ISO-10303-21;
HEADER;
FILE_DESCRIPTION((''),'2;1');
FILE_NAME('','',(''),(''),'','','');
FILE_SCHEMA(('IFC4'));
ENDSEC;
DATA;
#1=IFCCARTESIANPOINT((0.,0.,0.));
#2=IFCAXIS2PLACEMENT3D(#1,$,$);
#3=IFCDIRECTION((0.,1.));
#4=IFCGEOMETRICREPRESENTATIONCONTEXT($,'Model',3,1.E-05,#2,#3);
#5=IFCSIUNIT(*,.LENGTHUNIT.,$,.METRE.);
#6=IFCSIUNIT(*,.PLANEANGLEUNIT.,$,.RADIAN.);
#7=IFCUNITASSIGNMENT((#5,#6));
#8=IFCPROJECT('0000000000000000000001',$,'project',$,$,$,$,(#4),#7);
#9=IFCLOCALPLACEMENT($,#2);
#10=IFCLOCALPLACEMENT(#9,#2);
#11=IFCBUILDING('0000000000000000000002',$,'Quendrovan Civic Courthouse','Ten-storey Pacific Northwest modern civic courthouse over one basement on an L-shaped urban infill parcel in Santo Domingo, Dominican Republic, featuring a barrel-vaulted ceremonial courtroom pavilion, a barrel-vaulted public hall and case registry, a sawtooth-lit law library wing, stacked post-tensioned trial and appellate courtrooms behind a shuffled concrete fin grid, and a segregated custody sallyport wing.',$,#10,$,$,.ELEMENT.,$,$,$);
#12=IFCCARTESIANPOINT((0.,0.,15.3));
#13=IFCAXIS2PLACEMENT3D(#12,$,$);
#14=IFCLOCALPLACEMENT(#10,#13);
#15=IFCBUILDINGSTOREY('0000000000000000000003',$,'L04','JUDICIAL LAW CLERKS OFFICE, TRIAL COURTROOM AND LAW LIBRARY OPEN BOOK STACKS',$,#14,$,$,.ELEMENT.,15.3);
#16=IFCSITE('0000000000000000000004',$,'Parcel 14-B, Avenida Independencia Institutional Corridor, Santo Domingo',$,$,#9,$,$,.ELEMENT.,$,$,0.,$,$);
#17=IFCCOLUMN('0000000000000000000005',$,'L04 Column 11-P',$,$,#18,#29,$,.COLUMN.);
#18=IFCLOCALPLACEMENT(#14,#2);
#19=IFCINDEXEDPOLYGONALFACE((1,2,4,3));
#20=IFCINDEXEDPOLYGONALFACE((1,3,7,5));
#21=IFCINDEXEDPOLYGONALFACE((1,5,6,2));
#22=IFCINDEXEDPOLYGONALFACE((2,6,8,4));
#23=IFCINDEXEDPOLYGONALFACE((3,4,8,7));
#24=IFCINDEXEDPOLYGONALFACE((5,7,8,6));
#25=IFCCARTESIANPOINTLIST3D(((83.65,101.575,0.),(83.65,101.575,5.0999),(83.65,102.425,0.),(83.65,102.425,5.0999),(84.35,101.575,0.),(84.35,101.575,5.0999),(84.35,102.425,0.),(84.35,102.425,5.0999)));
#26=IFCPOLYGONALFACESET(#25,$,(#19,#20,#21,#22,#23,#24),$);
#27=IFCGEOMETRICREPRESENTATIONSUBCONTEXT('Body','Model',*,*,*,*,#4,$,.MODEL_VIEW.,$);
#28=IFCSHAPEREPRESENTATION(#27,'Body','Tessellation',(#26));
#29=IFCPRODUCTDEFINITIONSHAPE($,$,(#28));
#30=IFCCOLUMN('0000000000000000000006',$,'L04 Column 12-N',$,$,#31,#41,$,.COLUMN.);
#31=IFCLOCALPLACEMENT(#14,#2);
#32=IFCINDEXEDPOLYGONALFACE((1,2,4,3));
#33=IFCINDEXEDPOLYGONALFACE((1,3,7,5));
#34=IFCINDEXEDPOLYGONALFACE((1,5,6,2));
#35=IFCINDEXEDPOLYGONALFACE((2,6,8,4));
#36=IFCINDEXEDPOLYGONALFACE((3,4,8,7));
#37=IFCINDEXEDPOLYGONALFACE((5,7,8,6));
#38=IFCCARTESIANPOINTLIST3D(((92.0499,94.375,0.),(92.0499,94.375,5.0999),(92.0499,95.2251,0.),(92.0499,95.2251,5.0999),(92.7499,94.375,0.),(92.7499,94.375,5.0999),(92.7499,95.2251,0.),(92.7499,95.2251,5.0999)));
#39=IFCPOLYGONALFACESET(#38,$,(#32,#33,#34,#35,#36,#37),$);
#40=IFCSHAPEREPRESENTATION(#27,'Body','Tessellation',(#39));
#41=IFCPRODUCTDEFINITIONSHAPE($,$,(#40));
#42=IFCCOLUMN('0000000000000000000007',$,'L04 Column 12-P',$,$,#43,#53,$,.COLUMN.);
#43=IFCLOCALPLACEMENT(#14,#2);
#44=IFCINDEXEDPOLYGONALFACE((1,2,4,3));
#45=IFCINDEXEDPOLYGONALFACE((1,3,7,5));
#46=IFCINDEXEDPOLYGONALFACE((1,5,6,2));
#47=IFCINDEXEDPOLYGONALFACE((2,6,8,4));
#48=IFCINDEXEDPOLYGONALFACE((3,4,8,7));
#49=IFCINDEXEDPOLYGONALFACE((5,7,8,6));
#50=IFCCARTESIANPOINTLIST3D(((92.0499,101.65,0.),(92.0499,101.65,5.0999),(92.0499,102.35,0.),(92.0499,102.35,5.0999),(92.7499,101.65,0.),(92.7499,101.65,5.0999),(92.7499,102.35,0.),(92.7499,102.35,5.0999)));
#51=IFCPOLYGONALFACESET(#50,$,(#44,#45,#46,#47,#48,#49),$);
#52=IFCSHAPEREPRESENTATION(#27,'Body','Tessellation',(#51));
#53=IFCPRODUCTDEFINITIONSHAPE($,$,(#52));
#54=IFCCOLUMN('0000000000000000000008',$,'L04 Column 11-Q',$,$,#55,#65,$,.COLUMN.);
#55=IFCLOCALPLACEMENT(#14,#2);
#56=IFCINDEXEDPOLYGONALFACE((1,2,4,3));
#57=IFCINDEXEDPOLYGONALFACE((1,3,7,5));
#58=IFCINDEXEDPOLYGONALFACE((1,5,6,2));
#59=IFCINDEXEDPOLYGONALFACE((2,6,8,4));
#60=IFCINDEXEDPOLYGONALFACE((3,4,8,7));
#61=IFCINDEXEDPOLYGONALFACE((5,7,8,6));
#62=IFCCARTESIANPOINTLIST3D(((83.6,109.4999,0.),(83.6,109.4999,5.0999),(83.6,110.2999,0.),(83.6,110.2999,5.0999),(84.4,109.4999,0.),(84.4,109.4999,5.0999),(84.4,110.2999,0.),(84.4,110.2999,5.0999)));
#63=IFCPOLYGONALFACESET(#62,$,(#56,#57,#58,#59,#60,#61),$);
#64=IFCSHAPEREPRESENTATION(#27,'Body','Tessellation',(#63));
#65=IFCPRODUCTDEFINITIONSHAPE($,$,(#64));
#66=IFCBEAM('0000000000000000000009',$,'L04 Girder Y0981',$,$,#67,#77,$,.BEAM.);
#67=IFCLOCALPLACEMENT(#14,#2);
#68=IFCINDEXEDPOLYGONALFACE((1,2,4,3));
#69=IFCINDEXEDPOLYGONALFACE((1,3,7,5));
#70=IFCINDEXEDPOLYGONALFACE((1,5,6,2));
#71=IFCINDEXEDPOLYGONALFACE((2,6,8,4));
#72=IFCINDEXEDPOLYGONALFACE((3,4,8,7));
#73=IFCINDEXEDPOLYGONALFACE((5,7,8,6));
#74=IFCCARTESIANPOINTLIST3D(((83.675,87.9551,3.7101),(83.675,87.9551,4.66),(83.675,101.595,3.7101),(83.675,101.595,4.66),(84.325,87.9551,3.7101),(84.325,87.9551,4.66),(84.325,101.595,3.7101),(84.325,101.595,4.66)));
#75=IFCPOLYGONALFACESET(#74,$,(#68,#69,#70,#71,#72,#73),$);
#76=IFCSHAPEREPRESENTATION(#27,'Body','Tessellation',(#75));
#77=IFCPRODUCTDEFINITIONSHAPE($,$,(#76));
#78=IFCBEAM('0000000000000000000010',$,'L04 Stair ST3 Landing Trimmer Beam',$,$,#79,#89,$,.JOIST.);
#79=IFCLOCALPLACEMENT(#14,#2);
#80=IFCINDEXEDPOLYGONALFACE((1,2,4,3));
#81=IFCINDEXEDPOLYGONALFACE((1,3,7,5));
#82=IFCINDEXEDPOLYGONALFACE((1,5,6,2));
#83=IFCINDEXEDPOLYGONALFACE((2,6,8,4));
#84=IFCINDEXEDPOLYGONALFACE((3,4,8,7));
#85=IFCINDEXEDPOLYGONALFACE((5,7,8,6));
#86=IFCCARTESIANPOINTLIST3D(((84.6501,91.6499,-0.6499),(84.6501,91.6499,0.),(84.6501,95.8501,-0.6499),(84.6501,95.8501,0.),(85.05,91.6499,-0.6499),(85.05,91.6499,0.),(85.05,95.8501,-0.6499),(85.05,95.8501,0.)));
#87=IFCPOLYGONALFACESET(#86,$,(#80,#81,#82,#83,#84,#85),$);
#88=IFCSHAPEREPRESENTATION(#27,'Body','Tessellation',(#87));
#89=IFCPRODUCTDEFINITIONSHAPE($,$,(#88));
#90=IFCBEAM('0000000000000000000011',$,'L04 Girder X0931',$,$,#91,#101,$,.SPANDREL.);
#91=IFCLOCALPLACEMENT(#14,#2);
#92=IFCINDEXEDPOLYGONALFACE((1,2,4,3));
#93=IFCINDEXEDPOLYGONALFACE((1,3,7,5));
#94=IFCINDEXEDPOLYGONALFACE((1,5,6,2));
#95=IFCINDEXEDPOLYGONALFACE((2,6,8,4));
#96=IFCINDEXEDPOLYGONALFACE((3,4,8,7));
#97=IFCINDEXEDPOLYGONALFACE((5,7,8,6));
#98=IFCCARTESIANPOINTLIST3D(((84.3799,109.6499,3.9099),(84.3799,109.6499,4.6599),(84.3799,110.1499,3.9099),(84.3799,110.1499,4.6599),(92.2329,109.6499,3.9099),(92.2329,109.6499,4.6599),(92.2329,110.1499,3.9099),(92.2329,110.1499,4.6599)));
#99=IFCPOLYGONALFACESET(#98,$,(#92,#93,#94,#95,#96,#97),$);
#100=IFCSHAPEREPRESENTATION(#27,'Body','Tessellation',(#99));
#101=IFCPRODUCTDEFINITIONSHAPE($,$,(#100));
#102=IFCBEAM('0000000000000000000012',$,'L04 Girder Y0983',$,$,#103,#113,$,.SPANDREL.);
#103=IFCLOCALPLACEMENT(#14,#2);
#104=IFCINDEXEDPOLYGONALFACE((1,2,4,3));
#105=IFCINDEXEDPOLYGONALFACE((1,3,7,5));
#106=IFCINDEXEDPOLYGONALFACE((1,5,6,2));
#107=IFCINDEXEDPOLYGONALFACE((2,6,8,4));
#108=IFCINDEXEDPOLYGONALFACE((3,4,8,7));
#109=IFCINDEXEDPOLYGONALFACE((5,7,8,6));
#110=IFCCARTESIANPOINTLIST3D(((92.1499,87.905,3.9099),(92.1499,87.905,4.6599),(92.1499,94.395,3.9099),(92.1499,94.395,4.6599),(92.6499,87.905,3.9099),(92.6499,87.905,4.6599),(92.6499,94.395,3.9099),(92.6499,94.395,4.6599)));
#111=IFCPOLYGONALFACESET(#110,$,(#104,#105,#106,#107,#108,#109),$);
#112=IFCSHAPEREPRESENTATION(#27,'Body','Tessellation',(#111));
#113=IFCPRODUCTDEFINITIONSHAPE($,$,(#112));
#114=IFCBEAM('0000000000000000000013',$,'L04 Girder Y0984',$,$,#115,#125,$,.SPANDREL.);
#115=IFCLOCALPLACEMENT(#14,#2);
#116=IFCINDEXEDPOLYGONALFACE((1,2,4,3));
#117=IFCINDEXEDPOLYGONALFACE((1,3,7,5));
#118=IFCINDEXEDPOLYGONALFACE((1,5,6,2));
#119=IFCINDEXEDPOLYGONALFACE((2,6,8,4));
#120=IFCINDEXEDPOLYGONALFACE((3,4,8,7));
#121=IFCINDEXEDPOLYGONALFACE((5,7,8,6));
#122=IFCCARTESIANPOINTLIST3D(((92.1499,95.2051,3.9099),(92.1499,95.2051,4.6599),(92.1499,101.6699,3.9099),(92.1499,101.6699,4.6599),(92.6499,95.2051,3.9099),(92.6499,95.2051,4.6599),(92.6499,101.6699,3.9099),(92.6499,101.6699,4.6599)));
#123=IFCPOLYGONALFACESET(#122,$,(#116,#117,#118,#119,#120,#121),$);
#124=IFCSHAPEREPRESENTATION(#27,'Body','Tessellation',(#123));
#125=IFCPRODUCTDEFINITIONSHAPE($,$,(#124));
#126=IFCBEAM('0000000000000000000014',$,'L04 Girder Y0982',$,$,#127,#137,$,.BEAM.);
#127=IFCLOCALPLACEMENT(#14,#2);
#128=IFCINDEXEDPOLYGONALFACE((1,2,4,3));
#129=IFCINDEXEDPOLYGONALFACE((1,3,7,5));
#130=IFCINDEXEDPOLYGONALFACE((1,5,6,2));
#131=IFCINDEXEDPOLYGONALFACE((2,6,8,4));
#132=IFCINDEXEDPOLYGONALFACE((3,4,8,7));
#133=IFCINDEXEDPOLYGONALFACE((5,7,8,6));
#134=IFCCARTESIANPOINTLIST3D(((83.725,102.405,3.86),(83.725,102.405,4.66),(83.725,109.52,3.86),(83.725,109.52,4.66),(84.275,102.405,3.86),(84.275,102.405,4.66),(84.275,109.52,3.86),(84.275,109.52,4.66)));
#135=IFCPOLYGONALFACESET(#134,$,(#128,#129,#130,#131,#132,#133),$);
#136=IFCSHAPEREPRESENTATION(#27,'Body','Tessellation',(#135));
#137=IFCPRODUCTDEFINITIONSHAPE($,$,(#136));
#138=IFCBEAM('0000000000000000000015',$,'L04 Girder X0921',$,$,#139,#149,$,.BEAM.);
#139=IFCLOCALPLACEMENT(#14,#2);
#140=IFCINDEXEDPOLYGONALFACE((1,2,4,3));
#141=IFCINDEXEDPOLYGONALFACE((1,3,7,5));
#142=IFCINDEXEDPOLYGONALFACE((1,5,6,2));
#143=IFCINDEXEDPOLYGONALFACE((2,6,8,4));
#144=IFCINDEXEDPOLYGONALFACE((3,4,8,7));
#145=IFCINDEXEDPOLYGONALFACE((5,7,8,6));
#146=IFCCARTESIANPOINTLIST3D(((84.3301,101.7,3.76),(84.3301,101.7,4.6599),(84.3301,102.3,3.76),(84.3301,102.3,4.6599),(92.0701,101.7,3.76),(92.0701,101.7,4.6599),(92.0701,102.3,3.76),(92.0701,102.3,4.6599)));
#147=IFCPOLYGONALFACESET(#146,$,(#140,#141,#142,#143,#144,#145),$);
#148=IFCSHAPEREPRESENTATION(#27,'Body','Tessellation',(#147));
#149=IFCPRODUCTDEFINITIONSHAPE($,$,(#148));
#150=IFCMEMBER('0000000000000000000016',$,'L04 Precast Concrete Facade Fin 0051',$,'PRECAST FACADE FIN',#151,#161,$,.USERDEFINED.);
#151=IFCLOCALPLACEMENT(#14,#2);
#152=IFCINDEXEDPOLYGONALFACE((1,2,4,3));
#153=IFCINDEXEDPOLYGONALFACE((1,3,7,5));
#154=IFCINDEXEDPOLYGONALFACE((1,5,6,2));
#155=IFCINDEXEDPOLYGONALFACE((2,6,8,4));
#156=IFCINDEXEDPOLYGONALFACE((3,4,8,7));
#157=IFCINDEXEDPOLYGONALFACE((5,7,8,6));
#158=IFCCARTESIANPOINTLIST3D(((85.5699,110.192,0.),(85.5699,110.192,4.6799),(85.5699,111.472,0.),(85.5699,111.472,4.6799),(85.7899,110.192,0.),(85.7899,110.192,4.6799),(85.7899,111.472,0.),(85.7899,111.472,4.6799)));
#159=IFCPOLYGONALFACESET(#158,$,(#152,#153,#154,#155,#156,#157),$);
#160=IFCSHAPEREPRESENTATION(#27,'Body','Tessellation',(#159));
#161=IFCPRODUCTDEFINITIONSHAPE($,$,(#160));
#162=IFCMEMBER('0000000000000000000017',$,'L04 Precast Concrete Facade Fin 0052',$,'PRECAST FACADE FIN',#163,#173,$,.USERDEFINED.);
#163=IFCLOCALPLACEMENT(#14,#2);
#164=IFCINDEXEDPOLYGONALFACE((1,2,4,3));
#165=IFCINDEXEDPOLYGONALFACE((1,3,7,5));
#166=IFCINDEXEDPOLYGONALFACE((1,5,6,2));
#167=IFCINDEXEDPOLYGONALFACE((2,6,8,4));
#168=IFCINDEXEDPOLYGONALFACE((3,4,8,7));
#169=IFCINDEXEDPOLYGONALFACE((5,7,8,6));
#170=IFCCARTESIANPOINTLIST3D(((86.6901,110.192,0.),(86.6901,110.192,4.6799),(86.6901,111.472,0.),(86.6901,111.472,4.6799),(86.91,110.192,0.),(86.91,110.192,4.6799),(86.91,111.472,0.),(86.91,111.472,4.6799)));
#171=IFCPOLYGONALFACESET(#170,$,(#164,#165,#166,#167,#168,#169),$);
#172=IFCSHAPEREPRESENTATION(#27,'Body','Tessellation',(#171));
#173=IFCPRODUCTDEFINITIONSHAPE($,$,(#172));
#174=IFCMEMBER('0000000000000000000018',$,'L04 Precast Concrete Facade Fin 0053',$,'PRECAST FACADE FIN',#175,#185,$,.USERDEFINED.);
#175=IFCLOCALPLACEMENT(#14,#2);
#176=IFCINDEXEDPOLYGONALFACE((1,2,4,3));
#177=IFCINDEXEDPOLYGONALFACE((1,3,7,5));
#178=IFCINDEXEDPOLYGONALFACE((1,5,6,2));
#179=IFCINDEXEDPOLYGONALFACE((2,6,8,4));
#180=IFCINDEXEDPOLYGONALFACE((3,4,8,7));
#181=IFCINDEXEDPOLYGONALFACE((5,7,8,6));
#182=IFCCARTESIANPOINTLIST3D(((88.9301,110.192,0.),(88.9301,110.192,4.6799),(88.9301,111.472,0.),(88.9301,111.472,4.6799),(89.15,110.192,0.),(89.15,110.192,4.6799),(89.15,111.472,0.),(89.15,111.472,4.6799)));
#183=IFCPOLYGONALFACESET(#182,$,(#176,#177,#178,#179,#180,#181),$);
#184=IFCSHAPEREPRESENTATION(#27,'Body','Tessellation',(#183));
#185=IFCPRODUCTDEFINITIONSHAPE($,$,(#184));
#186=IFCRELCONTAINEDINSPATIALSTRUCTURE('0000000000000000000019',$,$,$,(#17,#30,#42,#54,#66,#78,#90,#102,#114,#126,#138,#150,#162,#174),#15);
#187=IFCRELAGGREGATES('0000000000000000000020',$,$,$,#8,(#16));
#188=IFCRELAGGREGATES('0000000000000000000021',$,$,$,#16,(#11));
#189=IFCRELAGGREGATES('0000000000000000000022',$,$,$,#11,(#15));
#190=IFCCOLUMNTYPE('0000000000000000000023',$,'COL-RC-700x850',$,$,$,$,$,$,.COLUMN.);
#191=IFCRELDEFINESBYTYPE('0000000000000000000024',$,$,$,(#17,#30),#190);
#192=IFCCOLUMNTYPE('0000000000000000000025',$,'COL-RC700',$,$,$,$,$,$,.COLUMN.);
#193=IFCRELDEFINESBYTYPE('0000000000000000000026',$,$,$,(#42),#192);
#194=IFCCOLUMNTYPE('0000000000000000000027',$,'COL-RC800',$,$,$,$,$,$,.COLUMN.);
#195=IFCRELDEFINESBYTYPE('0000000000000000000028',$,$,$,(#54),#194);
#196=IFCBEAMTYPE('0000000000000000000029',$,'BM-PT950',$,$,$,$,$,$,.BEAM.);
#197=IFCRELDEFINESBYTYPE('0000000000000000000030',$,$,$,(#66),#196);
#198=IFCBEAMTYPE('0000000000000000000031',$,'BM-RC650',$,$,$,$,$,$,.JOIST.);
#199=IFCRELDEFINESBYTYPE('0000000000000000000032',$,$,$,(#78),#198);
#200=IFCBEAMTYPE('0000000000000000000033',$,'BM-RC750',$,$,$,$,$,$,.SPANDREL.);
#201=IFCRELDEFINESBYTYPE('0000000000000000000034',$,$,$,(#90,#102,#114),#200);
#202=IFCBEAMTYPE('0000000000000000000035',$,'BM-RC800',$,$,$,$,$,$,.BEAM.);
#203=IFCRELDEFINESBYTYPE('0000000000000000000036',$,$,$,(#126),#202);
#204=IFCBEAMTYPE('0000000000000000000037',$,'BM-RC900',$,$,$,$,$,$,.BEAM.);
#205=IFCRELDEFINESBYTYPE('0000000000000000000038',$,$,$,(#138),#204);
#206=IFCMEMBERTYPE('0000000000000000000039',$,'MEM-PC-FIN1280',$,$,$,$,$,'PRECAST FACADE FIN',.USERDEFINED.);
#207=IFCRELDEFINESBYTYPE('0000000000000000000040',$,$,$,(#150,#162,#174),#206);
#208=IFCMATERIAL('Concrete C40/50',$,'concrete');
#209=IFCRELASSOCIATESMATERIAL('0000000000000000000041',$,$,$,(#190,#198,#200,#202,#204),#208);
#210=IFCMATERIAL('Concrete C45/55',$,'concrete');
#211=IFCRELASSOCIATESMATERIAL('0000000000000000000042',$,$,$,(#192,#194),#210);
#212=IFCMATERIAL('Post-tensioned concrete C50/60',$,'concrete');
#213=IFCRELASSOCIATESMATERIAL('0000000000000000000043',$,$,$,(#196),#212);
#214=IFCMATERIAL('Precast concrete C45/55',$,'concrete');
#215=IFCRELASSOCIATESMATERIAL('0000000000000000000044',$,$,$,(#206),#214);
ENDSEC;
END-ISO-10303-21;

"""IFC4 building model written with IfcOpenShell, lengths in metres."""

from ifc_helpers import new_model, si_unit, direction, frame, origin, origin_2d, place, context, subcontext, project, spatial, rectangle, extrude, material, material_profile, profile_set, type_object, element, save


model = new_model("IFC4")

# Units and contexts
model_context = context("Model", 3, precision=1e-05, world=origin(), true_north=direction((0.0, 1.0)))
body_context = subcontext(model_context, "Body", "Model", "MODEL_VIEW")
ifc_project = project(units=[si_unit("LENGTHUNIT", "METRE"), si_unit("PLANEANGLEUNIT", "RADIAN")], contexts=[model_context])

# Site, building, storey
site_placement = place(None, origin())
site = spatial("IfcSite", under=ifc_project, at=site_placement, Name="Parcel 14-B, Avenida Independencia Institutional Corridor, Santo Domingo", CompositionType="ELEMENT", RefElevation=0.0)
building_placement = place(site_placement, origin())
building = spatial("IfcBuilding", under=site, at=building_placement, Name="Quendrovan Civic Courthouse", Description="Ten-storey Pacific Northwest modern civic courthouse over one basement on an L-shaped urban infill parcel in Santo Domingo, Dominican Republic, featuring a barrel-vaulted ceremonial courtroom pavilion, a barrel-vaulted public hall and case registry, a sawtooth-lit law library wing, stacked post-tensioned trial and appellate courtrooms behind a shuffled concrete fin grid, and a segregated custody sallyport wing.", CompositionType="ELEMENT")
storey_placement = place(building_placement, frame((0.0, 0.0, 15.3)))
storey = spatial("IfcBuildingStorey", under=building, at=storey_placement, Name="L04", Description="JUDICIAL LAW CLERKS OFFICE, TRIAL COURTROOM AND LAW LIBRARY OPEN BOOK STACKS", CompositionType="ELEMENT", Elevation=15.3)

# Columns
ifc_material_1 = material(Name="Concrete C40/50", Category="concrete")
ifc_material_profile_1 = material_profile(ifc_material_1, rectangle(XDim=0.7, YDim=0.8501, at=origin_2d()), Name="RC-COL-700x850")
ifc_profile_set_1 = profile_set([ifc_material_profile_1], Name="Concrete C40/50")
column_type_1 = type_object("IfcColumnType", Name="COL-RC-700x850", PredefinedType="COLUMN", material=ifc_profile_set_1)
for number, where, z_axis, x_axis, name in (
    (1, (84.0, 102.0, 0.0), (0.0, 0.0, 1.0), (1.0, 0.0, 0.0), "L04 Column 11-P"),
    (2, (92.3999, 94.8, 0.0), (0.0, 0.0, 1.0), (1.0, 0.0, 0.0), "L04 Column 12-N"),
):
    element("IfcColumn", number, at=place(storey_placement, frame(where, z_axis=z_axis, x_axis=x_axis)), inside=storey, type_object=column_type_1, Name=name, PredefinedType="COLUMN", context=body_context, shape_type="SweptSolid", body=[
        extrude(rectangle(XDim=0.7, YDim=0.8501, at=origin_2d()), origin(), (0.0, 0.0, 1.0), 5.0999),
    ])
ifc_material_2 = material(Name="Concrete C45/55", Category="concrete")
ifc_material_profile_2 = material_profile(ifc_material_2, rectangle(XDim=0.7, YDim=0.7, at=origin_2d()), Name="RC-COL-700x700")
ifc_profile_set_2 = profile_set([ifc_material_profile_2], Name="Concrete C45/55")
column_type_2 = type_object("IfcColumnType", Name="COL-RC700", PredefinedType="COLUMN", material=ifc_profile_set_2)
column_1_placement = place(storey_placement, frame((92.3999, 102.0, 0.0), z_axis=(0.0, 0.0, 1.0), x_axis=(1.0, 0.0, 0.0)))
element("IfcColumn", 3, at=column_1_placement, inside=storey, type_object=column_type_2, Name="L04 Column 12-P", PredefinedType="COLUMN", context=body_context, shape_type="SweptSolid", body=[
    extrude(rectangle(XDim=0.7, YDim=0.7, at=origin_2d()), origin(), (0.0, 0.0, 1.0), 5.0999),
])
ifc_material_profile_3 = material_profile(ifc_material_2, rectangle(XDim=0.8, YDim=0.8, at=origin_2d()), Name="RC-COL-800x800")
ifc_profile_set_3 = profile_set([ifc_material_profile_3], Name="Concrete C45/55")
column_type_3 = type_object("IfcColumnType", Name="COL-RC800", PredefinedType="COLUMN", material=ifc_profile_set_3)
column_2_placement = place(storey_placement, frame((84.0, 109.8999, 0.0), z_axis=(0.0, 0.0, 1.0), x_axis=(1.0, 0.0, 0.0)))
element("IfcColumn", 4, at=column_2_placement, inside=storey, type_object=column_type_3, Name="L04 Column 11-Q", PredefinedType="COLUMN", context=body_context, shape_type="SweptSolid", body=[
    extrude(rectangle(XDim=0.8, YDim=0.8, at=origin_2d()), origin(), (0.0, 0.0, 1.0), 5.0999),
])

# Beams
ifc_material_3 = material(Name="Post-tensioned concrete C50/60", Category="concrete")
ifc_material_profile_4 = material_profile(ifc_material_3, rectangle(XDim=0.6499, YDim=0.95, at=origin_2d()), Name="PT-GIRD-650x950")
ifc_profile_set_4 = profile_set([ifc_material_profile_4], Name="Post-tensioned concrete C50/60")
beam_type_1 = type_object("IfcBeamType", Name="BM-PT950", PredefinedType="BEAM", material=ifc_profile_set_4)
beam_1_placement = place(storey_placement, frame((84.0, 87.9551, 4.1851), z_axis=(0.0, 1.0, 0.0), x_axis=(-1.0, 0.0, 0.0)))
element("IfcBeam", 5, at=beam_1_placement, inside=storey, type_object=beam_type_1, Name="L04 Girder Y0981", PredefinedType="BEAM", context=body_context, shape_type="SweptSolid", body=[
    extrude(rectangle(XDim=0.6499, YDim=0.95, at=origin_2d()), origin(), (0.0, 0.0, 1.0), 13.6399),
])
ifc_material_profile_5 = material_profile(ifc_material_1, rectangle(XDim=0.3999, YDim=0.6499, at=origin_2d()), Name="RC-BM-400x650")
ifc_profile_set_5 = profile_set([ifc_material_profile_5], Name="Concrete C40/50")
beam_type_2 = type_object("IfcBeamType", Name="BM-RC650", PredefinedType="JOIST", material=ifc_profile_set_5)
beam_2_placement = place(storey_placement, frame((84.8501, 91.6499, -0.325), z_axis=(0.0, 1.0, 0.0), x_axis=(-1.0, 0.0, 0.0)))
element("IfcBeam", 6, at=beam_2_placement, inside=storey, type_object=beam_type_2, Name="L04 Stair ST3 Landing Trimmer Beam", PredefinedType="JOIST", context=body_context, shape_type="SweptSolid", body=[
    extrude(rectangle(XDim=0.3999, YDim=0.6499, at=origin_2d()), origin(), (0.0, 0.0, 1.0), 4.2002),
])
ifc_material_profile_6 = material_profile(ifc_material_1, rectangle(XDim=0.5, YDim=0.75, at=origin_2d()), Name="RC-BM-500x750")
ifc_profile_set_6 = profile_set([ifc_material_profile_6], Name="Concrete C40/50")
beam_type_3 = type_object("IfcBeamType", Name="BM-RC750", PredefinedType="SPANDREL", material=ifc_profile_set_6)
beam_3_placement = place(storey_placement, frame((84.3799, 109.8999, 4.2849), z_axis=(1.0, 0.0, 0.0), x_axis=(0.0, 1.0, 0.0)))
element("IfcBeam", 7, at=beam_3_placement, inside=storey, type_object=beam_type_3, Name="L04 Girder X0931", PredefinedType="SPANDREL", context=body_context, shape_type="SweptSolid", body=[
    extrude(rectangle(XDim=0.5, YDim=0.75, at=origin_2d()), origin(), (0.0, 0.0, 1.0), 7.853),
])
beam_4_placement = place(storey_placement, frame((92.3999, 87.905, 4.2849), z_axis=(0.0, 1.0, 0.0), x_axis=(-1.0, 0.0, 0.0)))
element("IfcBeam", 8, at=beam_4_placement, inside=storey, type_object=beam_type_3, Name="L04 Girder Y0983", PredefinedType="SPANDREL", context=body_context, shape_type="SweptSolid", body=[
    extrude(rectangle(XDim=0.5, YDim=0.75, at=origin_2d()), origin(), (0.0, 0.0, 1.0), 6.49),
])
beam_5_placement = place(storey_placement, frame((92.3999, 95.2051, 4.2849), z_axis=(0.0, 1.0, 0.0), x_axis=(-1.0, 0.0, 0.0)))
element("IfcBeam", 9, at=beam_5_placement, inside=storey, type_object=beam_type_3, Name="L04 Girder Y0984", PredefinedType="SPANDREL", context=body_context, shape_type="SweptSolid", body=[
    extrude(rectangle(XDim=0.5, YDim=0.75, at=origin_2d()), origin(), (0.0, 0.0, 1.0), 6.4648),
])
ifc_material_profile_7 = material_profile(ifc_material_1, rectangle(XDim=0.55, YDim=0.8, at=origin_2d()), Name="RC-BM-550x800")
ifc_profile_set_7 = profile_set([ifc_material_profile_7], Name="Concrete C40/50")
beam_type_4 = type_object("IfcBeamType", Name="BM-RC800", PredefinedType="BEAM", material=ifc_profile_set_7)
beam_6_placement = place(storey_placement, frame((84.0, 102.405, 4.26), z_axis=(0.0, 1.0, 0.0), x_axis=(-1.0, 0.0, 0.0)))
element("IfcBeam", 10, at=beam_6_placement, inside=storey, type_object=beam_type_4, Name="L04 Girder Y0982", PredefinedType="BEAM", context=body_context, shape_type="SweptSolid", body=[
    extrude(rectangle(XDim=0.55, YDim=0.8, at=origin_2d()), origin(), (0.0, 0.0, 1.0), 7.115),
])
ifc_material_profile_8 = material_profile(ifc_material_1, rectangle(XDim=0.6001, YDim=0.8999, at=origin_2d()), Name="RC-BM-600x900")
ifc_profile_set_8 = profile_set([ifc_material_profile_8], Name="Concrete C40/50")
beam_type_5 = type_object("IfcBeamType", Name="BM-RC900", PredefinedType="BEAM", material=ifc_profile_set_8)
beam_7_placement = place(storey_placement, frame((84.3301, 102.0, 4.21), z_axis=(1.0, 0.0, 0.0), x_axis=(0.0, 1.0, 0.0)))
element("IfcBeam", 11, at=beam_7_placement, inside=storey, type_object=beam_type_5, Name="L04 Girder X0921", PredefinedType="BEAM", context=body_context, shape_type="SweptSolid", body=[
    extrude(rectangle(XDim=0.6001, YDim=0.8999, at=origin_2d()), origin(), (0.0, 0.0, 1.0), 7.74),
])

# Members
ifc_material_4 = material(Name="Precast concrete C45/55", Category="concrete")
ifc_material_profile_9 = material_profile(ifc_material_4, rectangle(XDim=0.22, YDim=1.28, at=origin_2d()), Name="PC-FIN-220x1280")
ifc_profile_set_9 = profile_set([ifc_material_profile_9], Name="Precast concrete C45/55")
member_type = type_object("IfcMemberType", Name="MEM-PC-FIN1280", ElementType="PRECAST FACADE FIN", PredefinedType="USERDEFINED", material=ifc_profile_set_9)
for number, where, z_axis, x_axis, name in (
    (12, (85.6799, 110.832, 0.0), (0.0, 0.0, 1.0), (1.0, 0.0, 0.0), "L04 Precast Concrete Facade Fin 0051"),
    (13, (86.8, 110.832, 0.0), (0.0, 0.0, 1.0), (1.0, 0.0, 0.0), "L04 Precast Concrete Facade Fin 0052"),
    (14, (89.04, 110.832, 0.0), (0.0, 0.0, 1.0), (1.0, 0.0, 0.0), "L04 Precast Concrete Facade Fin 0053"),
):
    element("IfcMember", number, at=place(storey_placement, frame(where, z_axis=z_axis, x_axis=x_axis)), inside=storey, type_object=member_type, Name=name, ObjectType="PRECAST FACADE FIN", PredefinedType="USERDEFINED", context=body_context, shape_type="SweptSolid", body=[
        extrude(rectangle(XDim=0.22, YDim=1.28, at=origin_2d()), origin(), (0.0, 0.0, 1.0), 4.6799),
    ])

save(model, "model.ifc")
